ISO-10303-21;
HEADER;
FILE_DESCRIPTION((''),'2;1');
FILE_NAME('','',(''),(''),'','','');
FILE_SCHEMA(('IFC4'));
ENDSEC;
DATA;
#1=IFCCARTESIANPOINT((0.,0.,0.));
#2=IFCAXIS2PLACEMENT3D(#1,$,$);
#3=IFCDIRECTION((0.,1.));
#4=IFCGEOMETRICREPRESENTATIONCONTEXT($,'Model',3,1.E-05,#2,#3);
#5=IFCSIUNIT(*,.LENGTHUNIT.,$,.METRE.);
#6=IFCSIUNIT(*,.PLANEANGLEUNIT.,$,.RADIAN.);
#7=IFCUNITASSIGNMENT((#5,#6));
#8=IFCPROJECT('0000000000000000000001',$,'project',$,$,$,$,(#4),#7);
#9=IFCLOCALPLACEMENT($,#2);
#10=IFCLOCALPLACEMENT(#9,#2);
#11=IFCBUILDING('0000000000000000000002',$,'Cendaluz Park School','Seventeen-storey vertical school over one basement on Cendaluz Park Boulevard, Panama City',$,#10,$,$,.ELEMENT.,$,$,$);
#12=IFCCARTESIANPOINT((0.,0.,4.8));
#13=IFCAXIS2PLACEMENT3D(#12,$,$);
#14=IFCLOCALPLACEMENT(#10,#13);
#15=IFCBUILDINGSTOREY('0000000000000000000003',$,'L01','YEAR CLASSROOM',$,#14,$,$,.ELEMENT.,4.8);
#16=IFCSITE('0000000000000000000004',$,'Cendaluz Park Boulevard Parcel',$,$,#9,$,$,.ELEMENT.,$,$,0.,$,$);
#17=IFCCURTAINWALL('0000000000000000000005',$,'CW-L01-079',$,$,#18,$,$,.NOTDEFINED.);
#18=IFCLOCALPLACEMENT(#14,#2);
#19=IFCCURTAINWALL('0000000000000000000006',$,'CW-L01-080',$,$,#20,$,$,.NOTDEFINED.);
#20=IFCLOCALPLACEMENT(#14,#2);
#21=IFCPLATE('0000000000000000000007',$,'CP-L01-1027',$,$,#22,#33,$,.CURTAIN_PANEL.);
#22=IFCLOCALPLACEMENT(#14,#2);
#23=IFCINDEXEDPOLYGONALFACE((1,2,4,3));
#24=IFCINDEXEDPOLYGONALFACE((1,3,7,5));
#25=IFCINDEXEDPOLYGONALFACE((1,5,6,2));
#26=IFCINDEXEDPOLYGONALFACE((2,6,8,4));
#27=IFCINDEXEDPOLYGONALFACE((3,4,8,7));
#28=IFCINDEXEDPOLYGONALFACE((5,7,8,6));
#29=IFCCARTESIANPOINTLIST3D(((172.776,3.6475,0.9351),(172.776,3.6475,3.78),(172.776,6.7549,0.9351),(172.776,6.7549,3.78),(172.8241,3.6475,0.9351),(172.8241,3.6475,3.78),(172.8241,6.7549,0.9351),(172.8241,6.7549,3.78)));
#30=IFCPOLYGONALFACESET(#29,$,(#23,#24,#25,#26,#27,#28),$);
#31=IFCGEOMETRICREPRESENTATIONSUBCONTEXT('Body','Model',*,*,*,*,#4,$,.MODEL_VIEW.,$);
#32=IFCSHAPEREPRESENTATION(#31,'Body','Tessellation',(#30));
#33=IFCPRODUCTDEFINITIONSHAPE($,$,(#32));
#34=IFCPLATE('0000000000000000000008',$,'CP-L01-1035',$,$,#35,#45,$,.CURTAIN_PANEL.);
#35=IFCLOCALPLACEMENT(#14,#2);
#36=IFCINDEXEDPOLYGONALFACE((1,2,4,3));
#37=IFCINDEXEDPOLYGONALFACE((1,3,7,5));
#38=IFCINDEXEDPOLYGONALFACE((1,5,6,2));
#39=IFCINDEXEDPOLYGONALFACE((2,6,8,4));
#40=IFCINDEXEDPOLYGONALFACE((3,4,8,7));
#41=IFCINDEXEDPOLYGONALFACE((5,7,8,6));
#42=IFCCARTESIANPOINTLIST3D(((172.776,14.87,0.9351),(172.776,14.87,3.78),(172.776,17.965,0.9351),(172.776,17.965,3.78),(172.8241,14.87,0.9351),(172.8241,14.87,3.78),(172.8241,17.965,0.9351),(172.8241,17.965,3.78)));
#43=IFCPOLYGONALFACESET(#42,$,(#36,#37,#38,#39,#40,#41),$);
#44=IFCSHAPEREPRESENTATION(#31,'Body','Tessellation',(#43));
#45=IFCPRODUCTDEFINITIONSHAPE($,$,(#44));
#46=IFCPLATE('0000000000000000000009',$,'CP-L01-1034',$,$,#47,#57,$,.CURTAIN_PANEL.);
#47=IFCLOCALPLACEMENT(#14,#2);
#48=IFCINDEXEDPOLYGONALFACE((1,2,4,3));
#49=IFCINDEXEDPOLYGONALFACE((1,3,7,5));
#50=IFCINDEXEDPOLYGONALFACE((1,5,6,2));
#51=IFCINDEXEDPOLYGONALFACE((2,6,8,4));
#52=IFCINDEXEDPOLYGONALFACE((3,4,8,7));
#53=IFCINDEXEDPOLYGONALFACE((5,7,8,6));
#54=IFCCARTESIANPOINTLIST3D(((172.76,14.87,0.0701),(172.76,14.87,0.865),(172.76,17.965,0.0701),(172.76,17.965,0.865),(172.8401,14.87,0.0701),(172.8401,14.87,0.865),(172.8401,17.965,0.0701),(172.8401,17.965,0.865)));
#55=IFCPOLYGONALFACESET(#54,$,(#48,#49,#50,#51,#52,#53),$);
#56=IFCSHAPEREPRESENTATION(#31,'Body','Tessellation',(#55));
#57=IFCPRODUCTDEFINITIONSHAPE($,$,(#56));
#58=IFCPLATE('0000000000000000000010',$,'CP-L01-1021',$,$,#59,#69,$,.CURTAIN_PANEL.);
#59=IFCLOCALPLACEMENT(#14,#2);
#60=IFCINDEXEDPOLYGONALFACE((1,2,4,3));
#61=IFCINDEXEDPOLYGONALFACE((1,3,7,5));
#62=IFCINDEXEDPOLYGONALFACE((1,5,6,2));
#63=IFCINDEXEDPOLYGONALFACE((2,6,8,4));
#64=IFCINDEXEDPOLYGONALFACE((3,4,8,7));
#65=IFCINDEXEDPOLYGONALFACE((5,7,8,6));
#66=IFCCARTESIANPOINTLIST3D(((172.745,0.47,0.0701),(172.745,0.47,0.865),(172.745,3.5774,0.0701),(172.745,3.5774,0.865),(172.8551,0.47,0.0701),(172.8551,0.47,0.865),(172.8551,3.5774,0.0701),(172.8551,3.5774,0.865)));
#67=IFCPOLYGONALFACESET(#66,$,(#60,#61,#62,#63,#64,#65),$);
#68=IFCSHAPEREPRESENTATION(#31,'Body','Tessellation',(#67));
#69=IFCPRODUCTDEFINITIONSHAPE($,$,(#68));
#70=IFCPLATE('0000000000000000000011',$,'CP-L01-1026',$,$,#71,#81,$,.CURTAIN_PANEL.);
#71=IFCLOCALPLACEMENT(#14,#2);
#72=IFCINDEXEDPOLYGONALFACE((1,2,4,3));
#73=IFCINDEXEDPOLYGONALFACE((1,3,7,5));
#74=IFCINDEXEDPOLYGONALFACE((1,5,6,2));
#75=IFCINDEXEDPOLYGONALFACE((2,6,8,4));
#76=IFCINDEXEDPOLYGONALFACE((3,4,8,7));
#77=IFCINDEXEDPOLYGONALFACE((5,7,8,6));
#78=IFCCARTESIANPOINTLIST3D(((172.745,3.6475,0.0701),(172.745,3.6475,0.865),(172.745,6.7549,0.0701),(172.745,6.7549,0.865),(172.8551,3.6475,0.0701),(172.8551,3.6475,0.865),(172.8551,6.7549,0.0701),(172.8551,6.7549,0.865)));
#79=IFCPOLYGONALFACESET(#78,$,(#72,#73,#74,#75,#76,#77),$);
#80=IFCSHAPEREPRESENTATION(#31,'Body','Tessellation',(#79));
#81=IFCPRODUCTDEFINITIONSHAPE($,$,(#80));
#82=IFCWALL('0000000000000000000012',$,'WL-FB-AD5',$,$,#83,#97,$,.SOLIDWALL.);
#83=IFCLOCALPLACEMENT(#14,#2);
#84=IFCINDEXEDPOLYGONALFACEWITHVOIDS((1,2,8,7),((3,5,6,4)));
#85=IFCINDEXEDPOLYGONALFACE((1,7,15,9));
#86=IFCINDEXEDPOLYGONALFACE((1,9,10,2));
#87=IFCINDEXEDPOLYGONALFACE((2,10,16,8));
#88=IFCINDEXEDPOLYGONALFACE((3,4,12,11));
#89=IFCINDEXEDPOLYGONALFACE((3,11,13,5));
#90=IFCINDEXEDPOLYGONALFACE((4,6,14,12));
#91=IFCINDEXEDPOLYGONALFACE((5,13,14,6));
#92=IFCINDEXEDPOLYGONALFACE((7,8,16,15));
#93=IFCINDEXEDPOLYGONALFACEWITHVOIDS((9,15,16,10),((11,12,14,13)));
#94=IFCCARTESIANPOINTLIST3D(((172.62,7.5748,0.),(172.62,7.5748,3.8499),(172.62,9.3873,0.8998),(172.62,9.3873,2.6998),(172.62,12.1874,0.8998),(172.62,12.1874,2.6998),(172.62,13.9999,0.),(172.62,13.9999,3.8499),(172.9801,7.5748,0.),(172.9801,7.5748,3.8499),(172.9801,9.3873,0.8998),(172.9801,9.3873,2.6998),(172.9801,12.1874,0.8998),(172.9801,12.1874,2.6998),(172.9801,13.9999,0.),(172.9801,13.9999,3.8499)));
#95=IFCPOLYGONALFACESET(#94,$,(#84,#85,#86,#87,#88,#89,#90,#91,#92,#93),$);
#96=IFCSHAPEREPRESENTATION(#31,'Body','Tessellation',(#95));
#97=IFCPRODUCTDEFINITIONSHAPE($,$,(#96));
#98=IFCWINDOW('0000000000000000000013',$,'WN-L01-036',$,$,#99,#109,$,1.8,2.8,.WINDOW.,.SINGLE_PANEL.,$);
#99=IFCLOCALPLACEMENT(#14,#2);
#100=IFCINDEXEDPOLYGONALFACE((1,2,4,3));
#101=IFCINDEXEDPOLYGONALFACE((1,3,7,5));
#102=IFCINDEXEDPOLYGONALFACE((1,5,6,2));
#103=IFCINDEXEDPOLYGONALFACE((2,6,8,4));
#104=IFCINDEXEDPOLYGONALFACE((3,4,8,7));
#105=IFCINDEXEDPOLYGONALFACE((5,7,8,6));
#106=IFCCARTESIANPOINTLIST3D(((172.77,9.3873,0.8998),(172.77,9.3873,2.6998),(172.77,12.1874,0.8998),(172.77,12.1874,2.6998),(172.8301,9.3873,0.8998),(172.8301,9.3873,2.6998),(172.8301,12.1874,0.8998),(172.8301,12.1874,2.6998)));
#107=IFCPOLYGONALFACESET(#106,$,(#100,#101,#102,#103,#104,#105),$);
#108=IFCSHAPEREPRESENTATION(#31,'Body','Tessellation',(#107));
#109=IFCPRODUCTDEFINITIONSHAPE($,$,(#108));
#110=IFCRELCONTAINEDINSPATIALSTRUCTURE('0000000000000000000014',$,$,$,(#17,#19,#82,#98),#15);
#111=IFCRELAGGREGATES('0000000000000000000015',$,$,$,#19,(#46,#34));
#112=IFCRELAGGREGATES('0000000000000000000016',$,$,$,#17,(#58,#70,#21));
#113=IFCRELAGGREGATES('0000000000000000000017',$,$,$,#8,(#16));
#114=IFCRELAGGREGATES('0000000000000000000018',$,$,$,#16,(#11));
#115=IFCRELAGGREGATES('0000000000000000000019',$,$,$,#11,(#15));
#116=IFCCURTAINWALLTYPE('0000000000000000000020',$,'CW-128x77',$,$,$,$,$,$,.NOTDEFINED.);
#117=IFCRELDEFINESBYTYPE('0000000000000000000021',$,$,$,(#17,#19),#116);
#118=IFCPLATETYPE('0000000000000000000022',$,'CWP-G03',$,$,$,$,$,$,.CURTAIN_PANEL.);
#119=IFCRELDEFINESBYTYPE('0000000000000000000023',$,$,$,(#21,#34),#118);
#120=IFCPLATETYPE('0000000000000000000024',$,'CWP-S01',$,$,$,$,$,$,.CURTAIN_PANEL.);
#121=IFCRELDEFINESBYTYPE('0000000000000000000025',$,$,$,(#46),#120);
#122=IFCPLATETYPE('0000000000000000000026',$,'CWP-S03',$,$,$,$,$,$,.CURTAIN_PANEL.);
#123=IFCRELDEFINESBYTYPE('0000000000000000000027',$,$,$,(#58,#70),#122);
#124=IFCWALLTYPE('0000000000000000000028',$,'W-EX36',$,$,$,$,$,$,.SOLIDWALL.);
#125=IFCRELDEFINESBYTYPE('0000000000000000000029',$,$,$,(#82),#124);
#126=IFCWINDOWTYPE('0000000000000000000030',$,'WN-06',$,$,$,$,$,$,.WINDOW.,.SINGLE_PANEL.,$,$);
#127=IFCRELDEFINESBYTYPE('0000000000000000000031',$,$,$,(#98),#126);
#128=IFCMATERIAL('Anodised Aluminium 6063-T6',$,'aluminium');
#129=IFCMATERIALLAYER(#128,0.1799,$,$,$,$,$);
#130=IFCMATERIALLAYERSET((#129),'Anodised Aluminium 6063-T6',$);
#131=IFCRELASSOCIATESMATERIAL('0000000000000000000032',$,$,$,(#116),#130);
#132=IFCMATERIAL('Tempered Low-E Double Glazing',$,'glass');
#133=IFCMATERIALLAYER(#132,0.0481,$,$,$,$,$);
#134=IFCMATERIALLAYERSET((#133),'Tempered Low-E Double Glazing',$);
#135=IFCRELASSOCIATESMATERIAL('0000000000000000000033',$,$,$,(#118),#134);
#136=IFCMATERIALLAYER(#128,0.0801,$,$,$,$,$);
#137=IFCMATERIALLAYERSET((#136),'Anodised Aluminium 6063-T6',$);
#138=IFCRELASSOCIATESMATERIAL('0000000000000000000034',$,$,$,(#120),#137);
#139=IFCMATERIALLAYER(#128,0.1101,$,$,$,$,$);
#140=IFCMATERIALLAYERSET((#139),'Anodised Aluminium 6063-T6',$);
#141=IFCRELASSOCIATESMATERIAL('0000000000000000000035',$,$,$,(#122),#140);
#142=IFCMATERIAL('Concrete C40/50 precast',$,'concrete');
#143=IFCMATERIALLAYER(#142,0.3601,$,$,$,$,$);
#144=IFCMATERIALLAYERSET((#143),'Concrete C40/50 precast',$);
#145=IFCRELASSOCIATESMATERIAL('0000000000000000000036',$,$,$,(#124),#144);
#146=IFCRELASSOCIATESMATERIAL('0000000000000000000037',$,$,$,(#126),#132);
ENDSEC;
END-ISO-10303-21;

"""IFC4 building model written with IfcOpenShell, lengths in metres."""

from ifc_helpers import new_model, si_unit, direction, frame, frame_2d, origin, origin_2d, place, context, subcontext, project, spatial, rectangle, extrude, material, layer, layer_set, type_object, element, fill, aggregate, save


model = new_model("IFC4")

# Units and contexts
model_context = context("Model", 3, precision=1e-05, world=origin(), true_north=direction((0.0, 1.0)))
body_context = subcontext(model_context, "Body", "Model", "MODEL_VIEW")
ifc_project = project(units=[si_unit("LENGTHUNIT", "METRE"), si_unit("PLANEANGLEUNIT", "RADIAN")], contexts=[model_context])

# Site, building, storey
site_placement = place(None, origin())
site = spatial("IfcSite", under=ifc_project, at=site_placement, Name="Cendaluz Park Boulevard Parcel", CompositionType="ELEMENT", RefElevation=0.0)
building_placement = place(site_placement, origin())
building = spatial("IfcBuilding", under=site, at=building_placement, Name="Cendaluz Park School", Description="Seventeen-storey vertical school over one basement on Cendaluz Park Boulevard, Panama City", CompositionType="ELEMENT")
storey_placement = place(building_placement, frame((0.0, 0.0, 4.8)))
storey = spatial("IfcBuildingStorey", under=building, at=storey_placement, Name="L01", Description="YEAR CLASSROOM", CompositionType="ELEMENT", Elevation=4.8)

# Curtain wall
ifc_material_1 = material(Name="Anodised Aluminium 6063-T6", Category="aluminium")
ifc_layer_1 = layer(ifc_material_1, 0.1799)
ifc_layer_set_1 = layer_set([ifc_layer_1], Name="Anodised Aluminium 6063-T6")
curtain_wall_type = type_object("IfcCurtainWallType", Name="CW-128x77", PredefinedType="NOTDEFINED", material=ifc_layer_set_1)
curtain_wall_1_placement = place(storey_placement, origin())
curtain_wall_1 = element("IfcCurtainWall", 1, at=curtain_wall_1_placement, inside=storey, type_object=curtain_wall_type, Name="CW-L01-079", PredefinedType="NOTDEFINED")

# Curtain wall
curtain_wall_2_placement = place(storey_placement, origin())
curtain_wall_2 = element("IfcCurtainWall", 2, at=curtain_wall_2_placement, inside=storey, type_object=curtain_wall_type, Name="CW-L01-080", PredefinedType="NOTDEFINED")

# Plates
ifc_material_2 = material(Name="Tempered Low-E Double Glazing", Category="glass")
ifc_layer_2 = layer(ifc_material_2, 0.0481)
ifc_layer_set_2 = layer_set([ifc_layer_2], Name="Tempered Low-E Double Glazing")
plate_type_1 = type_object("IfcPlateType", Name="CWP-G03", PredefinedType="CURTAIN_PANEL", material=ifc_layer_set_2)
plate_1_placement = place(storey_placement, frame((172.8, 5.2012, 0.9351), z_axis=(0.0, 0.0, 1.0), x_axis=(0.0, 1.0, 0.0)))
plate_1 = element("IfcPlate", 3, at=plate_1_placement, type_object=plate_type_1, Name="CP-L01-1027", PredefinedType="CURTAIN_PANEL", context=body_context, shape_type="SweptSolid", body=[
    extrude(rectangle(XDim=3.1074, YDim=0.0481, at=origin_2d()), origin(), (0.0, 0.0, 1.0), 2.845),
])
plate_2_placement = place(storey_placement, frame((172.8, 16.4175, 0.9351), z_axis=(0.0, 0.0, 1.0), x_axis=(0.0, 1.0, 0.0)))
plate_2 = element("IfcPlate", 4, at=plate_2_placement, type_object=plate_type_1, Name="CP-L01-1035", PredefinedType="CURTAIN_PANEL", context=body_context, shape_type="SweptSolid", body=[
    extrude(rectangle(XDim=3.095, YDim=0.0481, at=origin_2d()), origin(), (0.0, 0.0, 1.0), 2.845),
])
ifc_layer_3 = layer(ifc_material_1, 0.0801)
ifc_layer_set_3 = layer_set([ifc_layer_3], Name="Anodised Aluminium 6063-T6")
plate_type_2 = type_object("IfcPlateType", Name="CWP-S01", PredefinedType="CURTAIN_PANEL", material=ifc_layer_set_3)
plate_3_placement = place(storey_placement, frame((172.8, 16.4175, 0.0701), z_axis=(0.0, 0.0, 1.0), x_axis=(0.0, 1.0, 0.0)))
plate_3 = element("IfcPlate", 5, at=plate_3_placement, type_object=plate_type_2, Name="CP-L01-1034", PredefinedType="CURTAIN_PANEL", context=body_context, shape_type="SweptSolid", body=[
    extrude(rectangle(XDim=3.095, YDim=0.0801, at=origin_2d()), origin(), (0.0, 0.0, 1.0), 0.7949),
])
aggregate(curtain_wall_2, [plate_3, plate_2])
ifc_layer_4 = layer(ifc_material_1, 0.1101)
ifc_layer_set_4 = layer_set([ifc_layer_4], Name="Anodised Aluminium 6063-T6")
plate_type_3 = type_object("IfcPlateType", Name="CWP-S03", PredefinedType="CURTAIN_PANEL", material=ifc_layer_set_4)
plate_4_placement = place(storey_placement, frame((172.8, 2.0237, 0.0701), z_axis=(0.0, 0.0, 1.0), x_axis=(0.0, 1.0, 0.0)))
plate_4 = element("IfcPlate", 6, at=plate_4_placement, type_object=plate_type_3, Name="CP-L01-1021", PredefinedType="CURTAIN_PANEL", context=body_context, shape_type="SweptSolid", body=[
    extrude(rectangle(XDim=3.1074, YDim=0.1101, at=origin_2d()), origin(), (0.0, 0.0, 1.0), 0.7949),
])
plate_5_placement = place(storey_placement, frame((172.8, 5.2012, 0.0701), z_axis=(0.0, 0.0, 1.0), x_axis=(0.0, 1.0, 0.0)))
plate_5 = element("IfcPlate", 7, at=plate_5_placement, type_object=plate_type_3, Name="CP-L01-1026", PredefinedType="CURTAIN_PANEL", context=body_context, shape_type="SweptSolid", body=[
    extrude(rectangle(XDim=3.1074, YDim=0.1101, at=origin_2d()), origin(), (0.0, 0.0, 1.0), 0.7949),
])
aggregate(curtain_wall_1, [plate_4, plate_5, plate_1])

# Wall, opening, window
ifc_material_3 = material(Name="Concrete C40/50 precast", Category="concrete")
ifc_layer_5 = layer(ifc_material_3, 0.3601)
ifc_layer_set_5 = layer_set([ifc_layer_5], Name="Concrete C40/50 precast")
wall_type = type_object("IfcWallType", Name="W-EX36", PredefinedType="SOLIDWALL", material=ifc_layer_set_5)
wall_placement = place(storey_placement, frame((172.8, 7.575, 0.0), z_axis=(0.0, 0.0, 1.0), x_axis=(0.0, 1.0, 0.0)))
wall = element("IfcWall", 8, at=wall_placement, inside=storey, type_object=wall_type, Name="WL-FB-AD5", PredefinedType="SOLIDWALL", context=body_context, shape_type="SweptSolid", body=[
    extrude(rectangle(XDim=6.425, YDim=0.3601, at=frame_2d((3.2124, 0.0))), origin(), (0.0, 0.0, 1.0), 3.8499),
])
opening_placement = place(wall_placement, frame((1.8125, 0.0, 0.8999)))
opening = element("IfcOpeningElement", 9, at=opening_placement, cuts=wall, PredefinedType="OPENING", context=body_context, shape_type="SweptSolid", body=[
    extrude(rectangle(XDim=2.8, YDim=1.8, at=frame_2d((1.3999, 0.8999))), frame((0.0, 0.1921, 0.0), z_axis=(0.0, -1.0, 0.0), x_axis=(1.0, 0.0, 0.0)), (0.0, 0.0, 1.0), 0.384),
])
window_type = type_object("IfcWindowType", Name="WN-06", PartitioningType="SINGLE_PANEL", PredefinedType="WINDOW", material=ifc_material_2)
window_placement = place(opening_placement, origin())
window = element("IfcWindow", 10, at=window_placement, inside=storey, type_object=window_type, Name="WN-L01-036", OverallHeight=1.8, OverallWidth=2.8, PartitioningType="SINGLE_PANEL", PredefinedType="WINDOW", context=body_context, shape_type="SweptSolid", body=[
    extrude(rectangle(XDim=2.8, YDim=1.8, at=frame_2d((1.3999, 0.8999))), frame((0.0, 0.03, 0.0), z_axis=(0.0, -1.0, 0.0), x_axis=(1.0, 0.0, 0.0)), (0.0, 0.0, 1.0), 0.0601),
])
fill(opening, window)

save(model, "model.ifc")
